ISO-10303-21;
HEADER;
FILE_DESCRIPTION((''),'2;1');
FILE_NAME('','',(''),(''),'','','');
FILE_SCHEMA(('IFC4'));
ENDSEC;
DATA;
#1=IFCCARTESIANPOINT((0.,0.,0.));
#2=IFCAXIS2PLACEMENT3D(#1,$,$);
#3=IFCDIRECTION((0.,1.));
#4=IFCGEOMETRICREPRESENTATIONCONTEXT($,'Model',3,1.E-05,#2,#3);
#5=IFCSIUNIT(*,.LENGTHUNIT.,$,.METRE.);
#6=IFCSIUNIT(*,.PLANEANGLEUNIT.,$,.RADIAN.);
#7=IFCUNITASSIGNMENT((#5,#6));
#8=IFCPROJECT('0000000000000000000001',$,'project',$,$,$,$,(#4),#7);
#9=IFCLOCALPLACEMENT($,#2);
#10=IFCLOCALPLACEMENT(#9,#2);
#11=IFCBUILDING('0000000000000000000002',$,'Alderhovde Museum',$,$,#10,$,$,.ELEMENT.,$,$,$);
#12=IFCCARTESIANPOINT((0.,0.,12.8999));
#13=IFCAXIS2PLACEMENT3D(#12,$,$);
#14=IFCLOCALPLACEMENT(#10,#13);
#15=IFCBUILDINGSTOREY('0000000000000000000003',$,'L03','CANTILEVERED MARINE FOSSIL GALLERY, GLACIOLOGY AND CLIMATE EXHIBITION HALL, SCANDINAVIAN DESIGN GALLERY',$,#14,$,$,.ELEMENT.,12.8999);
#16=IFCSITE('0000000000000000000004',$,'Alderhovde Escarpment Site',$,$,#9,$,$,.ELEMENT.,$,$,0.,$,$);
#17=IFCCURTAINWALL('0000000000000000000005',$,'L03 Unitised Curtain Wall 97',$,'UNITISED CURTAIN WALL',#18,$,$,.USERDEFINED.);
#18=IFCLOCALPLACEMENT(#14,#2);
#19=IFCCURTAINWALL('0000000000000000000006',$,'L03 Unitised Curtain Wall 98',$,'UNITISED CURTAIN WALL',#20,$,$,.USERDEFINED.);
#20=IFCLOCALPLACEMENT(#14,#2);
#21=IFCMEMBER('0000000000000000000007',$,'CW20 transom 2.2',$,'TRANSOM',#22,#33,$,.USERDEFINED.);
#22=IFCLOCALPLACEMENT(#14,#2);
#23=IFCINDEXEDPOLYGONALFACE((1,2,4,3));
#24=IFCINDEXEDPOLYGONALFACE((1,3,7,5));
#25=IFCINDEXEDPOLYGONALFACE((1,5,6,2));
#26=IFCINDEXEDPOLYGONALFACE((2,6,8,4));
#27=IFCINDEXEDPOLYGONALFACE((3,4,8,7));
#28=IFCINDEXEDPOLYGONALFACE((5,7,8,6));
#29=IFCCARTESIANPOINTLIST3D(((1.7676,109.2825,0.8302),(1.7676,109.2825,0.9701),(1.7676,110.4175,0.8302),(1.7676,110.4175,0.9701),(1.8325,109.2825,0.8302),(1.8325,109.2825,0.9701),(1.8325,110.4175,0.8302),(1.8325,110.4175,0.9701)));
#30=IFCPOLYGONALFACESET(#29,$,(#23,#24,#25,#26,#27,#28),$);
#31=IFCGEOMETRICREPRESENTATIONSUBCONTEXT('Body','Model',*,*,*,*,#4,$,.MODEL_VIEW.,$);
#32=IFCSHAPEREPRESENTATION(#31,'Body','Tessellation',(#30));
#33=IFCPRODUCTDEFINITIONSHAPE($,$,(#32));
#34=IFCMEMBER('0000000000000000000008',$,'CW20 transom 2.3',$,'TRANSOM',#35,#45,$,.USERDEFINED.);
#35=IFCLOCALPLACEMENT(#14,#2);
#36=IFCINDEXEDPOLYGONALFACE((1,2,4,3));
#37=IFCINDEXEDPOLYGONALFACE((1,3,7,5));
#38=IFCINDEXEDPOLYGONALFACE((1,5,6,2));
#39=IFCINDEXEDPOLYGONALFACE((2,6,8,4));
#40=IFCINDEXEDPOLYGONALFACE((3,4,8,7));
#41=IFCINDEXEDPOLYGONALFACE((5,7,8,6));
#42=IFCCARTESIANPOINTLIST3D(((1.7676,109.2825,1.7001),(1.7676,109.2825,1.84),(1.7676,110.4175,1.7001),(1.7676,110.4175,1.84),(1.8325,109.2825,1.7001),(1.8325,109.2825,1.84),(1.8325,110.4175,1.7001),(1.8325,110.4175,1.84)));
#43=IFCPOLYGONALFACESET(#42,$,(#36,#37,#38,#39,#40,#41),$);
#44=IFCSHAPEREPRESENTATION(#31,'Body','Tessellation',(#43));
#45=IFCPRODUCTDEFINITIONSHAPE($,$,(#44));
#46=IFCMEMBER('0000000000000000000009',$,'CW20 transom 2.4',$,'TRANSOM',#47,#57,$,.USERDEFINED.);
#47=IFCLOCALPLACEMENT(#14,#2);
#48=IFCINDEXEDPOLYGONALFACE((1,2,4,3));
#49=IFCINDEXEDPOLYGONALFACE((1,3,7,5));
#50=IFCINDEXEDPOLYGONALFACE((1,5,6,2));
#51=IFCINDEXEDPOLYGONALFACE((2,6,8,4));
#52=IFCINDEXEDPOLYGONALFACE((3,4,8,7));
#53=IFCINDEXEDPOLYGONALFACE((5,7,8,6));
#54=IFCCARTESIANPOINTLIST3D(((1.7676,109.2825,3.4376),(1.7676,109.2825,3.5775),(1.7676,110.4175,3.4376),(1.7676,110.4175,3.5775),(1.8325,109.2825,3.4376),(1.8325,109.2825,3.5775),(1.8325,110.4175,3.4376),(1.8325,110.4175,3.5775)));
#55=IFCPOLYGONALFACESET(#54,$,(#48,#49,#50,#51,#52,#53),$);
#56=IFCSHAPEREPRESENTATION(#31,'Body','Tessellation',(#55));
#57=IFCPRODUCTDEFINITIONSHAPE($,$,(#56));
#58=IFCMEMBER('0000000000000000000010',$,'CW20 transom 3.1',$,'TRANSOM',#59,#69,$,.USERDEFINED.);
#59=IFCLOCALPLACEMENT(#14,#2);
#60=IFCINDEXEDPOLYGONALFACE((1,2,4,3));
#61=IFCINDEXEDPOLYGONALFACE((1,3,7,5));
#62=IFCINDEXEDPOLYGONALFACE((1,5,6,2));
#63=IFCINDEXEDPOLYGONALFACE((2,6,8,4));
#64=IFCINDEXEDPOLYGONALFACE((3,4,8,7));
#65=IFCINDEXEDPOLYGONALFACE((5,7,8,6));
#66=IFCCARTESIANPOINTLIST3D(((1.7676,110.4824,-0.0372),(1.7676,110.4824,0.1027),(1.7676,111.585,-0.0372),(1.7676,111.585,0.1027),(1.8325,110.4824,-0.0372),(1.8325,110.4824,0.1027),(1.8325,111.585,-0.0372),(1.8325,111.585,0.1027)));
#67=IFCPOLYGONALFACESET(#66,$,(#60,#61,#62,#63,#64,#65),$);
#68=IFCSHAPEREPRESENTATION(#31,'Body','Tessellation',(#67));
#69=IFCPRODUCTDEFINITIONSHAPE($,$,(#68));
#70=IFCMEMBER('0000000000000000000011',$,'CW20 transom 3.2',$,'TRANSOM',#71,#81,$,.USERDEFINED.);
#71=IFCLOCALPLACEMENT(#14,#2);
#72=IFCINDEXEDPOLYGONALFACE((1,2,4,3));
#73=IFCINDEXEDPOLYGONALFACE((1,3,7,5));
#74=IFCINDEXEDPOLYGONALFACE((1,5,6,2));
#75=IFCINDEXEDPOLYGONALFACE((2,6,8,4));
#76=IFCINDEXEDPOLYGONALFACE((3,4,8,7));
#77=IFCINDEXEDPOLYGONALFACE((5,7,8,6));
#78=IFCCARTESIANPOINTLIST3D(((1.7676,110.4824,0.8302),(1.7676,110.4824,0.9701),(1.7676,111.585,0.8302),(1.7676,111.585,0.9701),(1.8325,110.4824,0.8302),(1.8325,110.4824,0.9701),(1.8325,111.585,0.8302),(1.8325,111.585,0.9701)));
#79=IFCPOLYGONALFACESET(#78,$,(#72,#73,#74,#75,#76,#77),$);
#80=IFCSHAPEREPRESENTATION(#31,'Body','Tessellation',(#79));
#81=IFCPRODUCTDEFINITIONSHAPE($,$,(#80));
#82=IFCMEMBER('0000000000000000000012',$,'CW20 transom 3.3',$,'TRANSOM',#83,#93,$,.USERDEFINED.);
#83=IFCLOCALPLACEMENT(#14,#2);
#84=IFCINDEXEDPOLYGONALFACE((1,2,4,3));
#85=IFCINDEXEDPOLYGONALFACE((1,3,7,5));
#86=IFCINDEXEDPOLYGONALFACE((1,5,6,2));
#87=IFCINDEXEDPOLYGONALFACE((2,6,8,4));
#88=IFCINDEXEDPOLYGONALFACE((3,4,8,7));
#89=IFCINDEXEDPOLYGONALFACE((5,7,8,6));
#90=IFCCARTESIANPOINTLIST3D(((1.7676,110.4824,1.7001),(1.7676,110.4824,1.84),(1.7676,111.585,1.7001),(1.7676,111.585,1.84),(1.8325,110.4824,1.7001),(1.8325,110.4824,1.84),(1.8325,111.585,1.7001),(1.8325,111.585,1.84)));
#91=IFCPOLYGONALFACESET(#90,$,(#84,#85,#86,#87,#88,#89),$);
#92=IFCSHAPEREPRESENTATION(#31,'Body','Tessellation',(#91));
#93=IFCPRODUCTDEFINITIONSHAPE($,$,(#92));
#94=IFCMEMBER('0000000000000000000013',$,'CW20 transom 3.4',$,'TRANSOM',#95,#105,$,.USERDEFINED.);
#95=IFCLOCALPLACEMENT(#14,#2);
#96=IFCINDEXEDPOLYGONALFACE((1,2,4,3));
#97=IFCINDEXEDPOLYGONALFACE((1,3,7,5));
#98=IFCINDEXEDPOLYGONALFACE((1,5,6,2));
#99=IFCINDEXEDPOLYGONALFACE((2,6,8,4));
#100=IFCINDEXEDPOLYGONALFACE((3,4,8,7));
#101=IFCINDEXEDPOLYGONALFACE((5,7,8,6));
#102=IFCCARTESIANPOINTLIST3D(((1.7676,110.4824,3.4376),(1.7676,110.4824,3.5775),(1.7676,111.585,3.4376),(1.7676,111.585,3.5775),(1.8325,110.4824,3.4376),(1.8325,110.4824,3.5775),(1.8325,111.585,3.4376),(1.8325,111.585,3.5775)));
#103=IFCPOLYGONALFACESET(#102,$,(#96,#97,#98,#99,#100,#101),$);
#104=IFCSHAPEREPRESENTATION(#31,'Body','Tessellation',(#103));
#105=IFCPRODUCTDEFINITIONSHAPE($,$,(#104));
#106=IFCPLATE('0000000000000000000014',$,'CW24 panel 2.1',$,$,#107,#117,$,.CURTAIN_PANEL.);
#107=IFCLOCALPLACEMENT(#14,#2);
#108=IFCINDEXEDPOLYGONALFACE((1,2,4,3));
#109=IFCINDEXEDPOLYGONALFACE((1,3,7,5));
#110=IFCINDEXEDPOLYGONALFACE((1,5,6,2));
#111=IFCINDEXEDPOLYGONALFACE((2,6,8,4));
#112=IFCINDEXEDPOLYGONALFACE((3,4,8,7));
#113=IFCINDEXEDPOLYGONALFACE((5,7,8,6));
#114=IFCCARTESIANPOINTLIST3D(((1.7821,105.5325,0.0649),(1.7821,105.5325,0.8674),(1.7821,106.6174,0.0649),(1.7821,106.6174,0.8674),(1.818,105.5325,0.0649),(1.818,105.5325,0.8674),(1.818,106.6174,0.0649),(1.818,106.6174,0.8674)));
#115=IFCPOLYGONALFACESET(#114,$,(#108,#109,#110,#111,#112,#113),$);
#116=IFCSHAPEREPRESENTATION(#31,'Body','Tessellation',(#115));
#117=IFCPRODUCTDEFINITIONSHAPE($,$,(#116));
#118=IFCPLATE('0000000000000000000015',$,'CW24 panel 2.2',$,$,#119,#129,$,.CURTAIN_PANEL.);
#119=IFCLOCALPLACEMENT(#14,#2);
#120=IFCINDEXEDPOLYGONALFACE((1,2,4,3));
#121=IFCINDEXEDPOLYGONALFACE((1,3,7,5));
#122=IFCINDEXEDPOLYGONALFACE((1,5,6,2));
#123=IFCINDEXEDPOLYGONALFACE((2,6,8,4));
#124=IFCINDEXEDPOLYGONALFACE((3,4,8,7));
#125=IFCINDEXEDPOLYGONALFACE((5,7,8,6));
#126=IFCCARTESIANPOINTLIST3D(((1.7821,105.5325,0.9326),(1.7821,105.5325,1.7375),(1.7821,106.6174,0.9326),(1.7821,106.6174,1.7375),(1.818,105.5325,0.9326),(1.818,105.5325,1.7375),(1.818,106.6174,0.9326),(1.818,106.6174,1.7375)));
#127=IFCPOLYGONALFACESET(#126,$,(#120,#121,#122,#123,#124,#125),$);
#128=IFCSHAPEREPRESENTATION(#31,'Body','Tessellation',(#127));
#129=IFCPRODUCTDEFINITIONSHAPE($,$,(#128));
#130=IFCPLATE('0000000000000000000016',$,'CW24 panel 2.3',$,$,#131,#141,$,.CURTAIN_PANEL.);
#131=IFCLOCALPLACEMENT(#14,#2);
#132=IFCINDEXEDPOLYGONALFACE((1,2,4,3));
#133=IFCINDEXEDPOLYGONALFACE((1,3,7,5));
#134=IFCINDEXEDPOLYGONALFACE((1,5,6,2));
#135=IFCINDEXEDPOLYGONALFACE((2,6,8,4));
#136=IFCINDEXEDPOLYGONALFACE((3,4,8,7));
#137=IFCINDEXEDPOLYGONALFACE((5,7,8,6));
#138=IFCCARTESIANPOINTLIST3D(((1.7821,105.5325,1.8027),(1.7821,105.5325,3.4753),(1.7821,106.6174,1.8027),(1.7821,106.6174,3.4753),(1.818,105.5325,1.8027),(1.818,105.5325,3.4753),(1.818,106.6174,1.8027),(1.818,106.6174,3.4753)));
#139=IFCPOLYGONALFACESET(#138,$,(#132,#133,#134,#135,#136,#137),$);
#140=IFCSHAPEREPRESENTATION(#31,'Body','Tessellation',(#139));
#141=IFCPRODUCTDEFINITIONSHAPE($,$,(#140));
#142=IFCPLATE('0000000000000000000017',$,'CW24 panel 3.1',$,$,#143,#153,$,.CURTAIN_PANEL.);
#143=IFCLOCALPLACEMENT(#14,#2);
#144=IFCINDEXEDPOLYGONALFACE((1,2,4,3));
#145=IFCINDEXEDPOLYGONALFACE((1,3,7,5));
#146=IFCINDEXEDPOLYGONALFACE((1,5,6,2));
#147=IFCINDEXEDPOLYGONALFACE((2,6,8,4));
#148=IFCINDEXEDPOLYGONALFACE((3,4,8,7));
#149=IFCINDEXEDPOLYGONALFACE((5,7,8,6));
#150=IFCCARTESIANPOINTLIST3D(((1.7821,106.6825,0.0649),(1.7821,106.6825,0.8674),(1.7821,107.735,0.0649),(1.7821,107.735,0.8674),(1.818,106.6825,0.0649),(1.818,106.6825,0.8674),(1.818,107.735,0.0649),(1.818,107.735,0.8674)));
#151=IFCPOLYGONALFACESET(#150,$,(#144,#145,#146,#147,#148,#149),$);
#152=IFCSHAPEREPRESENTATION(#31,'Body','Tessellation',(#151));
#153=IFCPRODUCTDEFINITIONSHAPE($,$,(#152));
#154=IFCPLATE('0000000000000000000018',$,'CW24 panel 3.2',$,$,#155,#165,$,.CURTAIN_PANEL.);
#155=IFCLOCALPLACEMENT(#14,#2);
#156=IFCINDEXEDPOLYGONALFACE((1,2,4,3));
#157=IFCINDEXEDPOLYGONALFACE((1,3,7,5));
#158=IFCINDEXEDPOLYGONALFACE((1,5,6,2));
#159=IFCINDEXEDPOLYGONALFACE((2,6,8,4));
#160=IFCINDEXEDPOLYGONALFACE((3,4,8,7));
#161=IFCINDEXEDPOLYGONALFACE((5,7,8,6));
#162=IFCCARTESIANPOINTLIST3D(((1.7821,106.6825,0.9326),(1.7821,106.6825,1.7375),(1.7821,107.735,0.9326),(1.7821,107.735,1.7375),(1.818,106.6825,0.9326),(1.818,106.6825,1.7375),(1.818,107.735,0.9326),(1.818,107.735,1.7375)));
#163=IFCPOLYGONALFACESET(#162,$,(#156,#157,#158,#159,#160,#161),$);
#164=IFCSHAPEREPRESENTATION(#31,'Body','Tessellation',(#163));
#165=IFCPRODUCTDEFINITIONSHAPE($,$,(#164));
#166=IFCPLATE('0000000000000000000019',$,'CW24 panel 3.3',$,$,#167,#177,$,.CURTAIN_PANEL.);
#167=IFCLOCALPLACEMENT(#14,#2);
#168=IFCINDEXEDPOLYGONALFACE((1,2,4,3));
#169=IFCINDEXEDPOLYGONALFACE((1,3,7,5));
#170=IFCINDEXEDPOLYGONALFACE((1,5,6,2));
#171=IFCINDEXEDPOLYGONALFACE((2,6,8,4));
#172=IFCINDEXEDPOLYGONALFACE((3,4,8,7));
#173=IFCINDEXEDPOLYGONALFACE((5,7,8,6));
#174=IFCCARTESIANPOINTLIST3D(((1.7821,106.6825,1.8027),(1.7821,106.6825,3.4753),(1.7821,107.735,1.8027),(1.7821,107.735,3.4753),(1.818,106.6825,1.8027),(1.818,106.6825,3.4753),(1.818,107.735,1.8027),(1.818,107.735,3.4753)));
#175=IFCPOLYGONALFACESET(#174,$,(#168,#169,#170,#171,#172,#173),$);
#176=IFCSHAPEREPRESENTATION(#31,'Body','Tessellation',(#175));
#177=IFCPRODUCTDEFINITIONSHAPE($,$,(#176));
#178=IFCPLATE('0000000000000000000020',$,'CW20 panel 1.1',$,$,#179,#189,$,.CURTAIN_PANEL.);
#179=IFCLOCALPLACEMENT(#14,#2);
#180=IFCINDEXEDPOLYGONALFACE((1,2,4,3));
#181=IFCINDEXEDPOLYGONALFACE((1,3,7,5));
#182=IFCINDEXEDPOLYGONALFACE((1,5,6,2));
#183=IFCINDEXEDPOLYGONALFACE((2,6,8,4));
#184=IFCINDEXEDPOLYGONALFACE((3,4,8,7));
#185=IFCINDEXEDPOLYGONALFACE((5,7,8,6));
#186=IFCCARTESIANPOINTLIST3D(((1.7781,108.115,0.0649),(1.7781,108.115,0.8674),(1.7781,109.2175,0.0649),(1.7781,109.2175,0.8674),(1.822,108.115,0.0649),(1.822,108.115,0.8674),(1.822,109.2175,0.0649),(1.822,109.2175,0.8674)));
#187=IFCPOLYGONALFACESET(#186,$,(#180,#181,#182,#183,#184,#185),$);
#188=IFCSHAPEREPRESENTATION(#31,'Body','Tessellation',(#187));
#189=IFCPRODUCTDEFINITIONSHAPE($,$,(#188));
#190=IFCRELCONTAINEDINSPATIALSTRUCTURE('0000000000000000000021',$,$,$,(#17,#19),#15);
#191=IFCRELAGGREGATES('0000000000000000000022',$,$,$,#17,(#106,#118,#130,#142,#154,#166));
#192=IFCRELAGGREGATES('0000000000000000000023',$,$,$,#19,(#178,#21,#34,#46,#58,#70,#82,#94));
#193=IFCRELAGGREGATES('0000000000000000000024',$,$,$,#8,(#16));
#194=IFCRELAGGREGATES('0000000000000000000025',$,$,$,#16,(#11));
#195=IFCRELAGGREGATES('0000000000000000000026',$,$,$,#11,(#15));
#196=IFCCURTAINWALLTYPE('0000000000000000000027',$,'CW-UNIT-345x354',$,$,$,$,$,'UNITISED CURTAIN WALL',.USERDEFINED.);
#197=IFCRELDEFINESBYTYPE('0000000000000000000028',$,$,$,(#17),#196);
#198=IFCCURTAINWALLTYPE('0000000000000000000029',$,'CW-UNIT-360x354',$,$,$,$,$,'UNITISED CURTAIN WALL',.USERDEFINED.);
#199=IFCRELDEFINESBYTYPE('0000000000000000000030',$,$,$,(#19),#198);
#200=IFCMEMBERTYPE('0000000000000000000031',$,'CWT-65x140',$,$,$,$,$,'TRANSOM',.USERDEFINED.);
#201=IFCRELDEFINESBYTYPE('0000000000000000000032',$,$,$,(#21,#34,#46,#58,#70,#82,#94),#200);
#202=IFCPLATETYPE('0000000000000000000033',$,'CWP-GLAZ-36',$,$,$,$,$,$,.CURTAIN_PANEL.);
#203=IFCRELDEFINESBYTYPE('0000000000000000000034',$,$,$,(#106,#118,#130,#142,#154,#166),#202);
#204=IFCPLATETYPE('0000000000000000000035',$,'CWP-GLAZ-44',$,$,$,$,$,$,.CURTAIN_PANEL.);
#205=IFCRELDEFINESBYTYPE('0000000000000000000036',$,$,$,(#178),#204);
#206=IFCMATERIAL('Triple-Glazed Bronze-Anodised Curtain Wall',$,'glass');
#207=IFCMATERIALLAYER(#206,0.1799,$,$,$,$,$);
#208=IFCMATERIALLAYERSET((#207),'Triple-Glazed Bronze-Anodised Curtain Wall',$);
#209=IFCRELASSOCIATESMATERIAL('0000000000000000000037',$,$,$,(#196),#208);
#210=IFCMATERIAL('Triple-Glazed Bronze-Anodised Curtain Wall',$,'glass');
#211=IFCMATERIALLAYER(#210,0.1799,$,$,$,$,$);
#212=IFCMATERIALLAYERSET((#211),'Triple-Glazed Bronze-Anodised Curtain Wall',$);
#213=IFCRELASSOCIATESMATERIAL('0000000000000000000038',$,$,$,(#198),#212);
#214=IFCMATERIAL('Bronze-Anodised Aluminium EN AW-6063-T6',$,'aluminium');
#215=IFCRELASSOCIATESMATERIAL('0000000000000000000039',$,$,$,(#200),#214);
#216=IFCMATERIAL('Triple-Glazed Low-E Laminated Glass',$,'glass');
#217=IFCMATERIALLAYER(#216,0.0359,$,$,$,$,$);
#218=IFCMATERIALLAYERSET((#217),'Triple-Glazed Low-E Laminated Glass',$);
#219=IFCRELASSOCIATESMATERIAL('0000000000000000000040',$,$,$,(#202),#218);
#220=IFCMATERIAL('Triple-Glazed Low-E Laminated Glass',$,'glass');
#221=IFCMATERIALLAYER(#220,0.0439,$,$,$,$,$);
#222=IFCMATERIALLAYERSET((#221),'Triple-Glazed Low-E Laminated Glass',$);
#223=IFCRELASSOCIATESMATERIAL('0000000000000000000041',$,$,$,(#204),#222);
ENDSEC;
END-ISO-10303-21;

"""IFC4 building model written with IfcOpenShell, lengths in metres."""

from ifc_helpers import new_model, si_unit, direction, frame, origin, origin_2d, place, context, subcontext, project, spatial, rectangle, extrude, material, layer, layer_set, material_profile, profile_set, type_object, element, aggregate, save


model = new_model("IFC4")

# Units and contexts
model_context = context("Model", 3, precision=1e-05, world=origin(), true_north=direction((0.0, 1.0)))
body_context = subcontext(model_context, "Body", "Model", "MODEL_VIEW")
ifc_project = project(units=[si_unit("LENGTHUNIT", "METRE"), si_unit("PLANEANGLEUNIT", "RADIAN")], contexts=[model_context])

# Site, building, storey
site_placement = place(None, origin())
site = spatial("IfcSite", under=ifc_project, at=site_placement, Name="Alderhovde Escarpment Site", CompositionType="ELEMENT", RefElevation=0.0)
building_placement = place(site_placement, origin())
building = spatial("IfcBuilding", under=site, at=building_placement, Name="Alderhovde Museum", CompositionType="ELEMENT")
storey_placement = place(building_placement, frame((0.0, 0.0, 12.8999)))
storey = spatial("IfcBuildingStorey", under=building, at=storey_placement, Name="L03", Description="CANTILEVERED MARINE FOSSIL GALLERY, GLACIOLOGY AND CLIMATE EXHIBITION HALL, SCANDINAVIAN DESIGN GALLERY", CompositionType="ELEMENT", Elevation=12.8999)

# Curtain walls
ifc_material_1 = material(Name="Triple-Glazed Bronze-Anodised Curtain Wall", Category="glass")
ifc_layer_1 = layer(ifc_material_1, 0.1799)
ifc_layer_set_1 = layer_set([ifc_layer_1], Name="Triple-Glazed Bronze-Anodised Curtain Wall")
curtain_wall_type_1 = type_object("IfcCurtainWallType", Name="CW-UNIT-345x354", ElementType="UNITISED CURTAIN WALL", PredefinedType="USERDEFINED", material=ifc_layer_set_1)
curtain_wall_1_placement = place(storey_placement, origin())
curtain_wall_1 = element("IfcCurtainWall", 1, at=curtain_wall_1_placement, inside=storey, type_object=curtain_wall_type_1, Name="L03 Unitised Curtain Wall 97", ObjectType="UNITISED CURTAIN WALL", PredefinedType="USERDEFINED")
ifc_material_2 = material(Name="Triple-Glazed Bronze-Anodised Curtain Wall", Category="glass")
ifc_layer_2 = layer(ifc_material_2, 0.1799)
ifc_layer_set_2 = layer_set([ifc_layer_2], Name="Triple-Glazed Bronze-Anodised Curtain Wall")
curtain_wall_type_2 = type_object("IfcCurtainWallType", Name="CW-UNIT-360x354", ElementType="UNITISED CURTAIN WALL", PredefinedType="USERDEFINED", material=ifc_layer_set_2)
curtain_wall_2_placement = place(storey_placement, origin())
curtain_wall_2 = element("IfcCurtainWall", 2, at=curtain_wall_2_placement, inside=storey, type_object=curtain_wall_type_2, Name="L03 Unitised Curtain Wall 98", ObjectType="UNITISED CURTAIN WALL", PredefinedType="USERDEFINED")

# Members
ifc_material_3 = material(Name="Bronze-Anodised Aluminium EN AW-6063-T6", Category="aluminium")
ifc_material_profile_1 = material_profile(ifc_material_3, rectangle(XDim=0.0649, YDim=0.1399, at=origin_2d()), Name="TRANSOM 65x140")
ifc_profile_set_1 = profile_set([ifc_material_profile_1], Name="Bronze-Anodised Aluminium EN AW-6063-T6")
member_type_1 = type_object("IfcMemberType", Name="CWT-65x140", ElementType="TRANSOM", PredefinedType="USERDEFINED", material=ifc_profile_set_1)
member_1_placement = place(storey_placement, frame((1.8, 109.2825, 0.9001), z_axis=(0.0, 1.0, 0.0), x_axis=(-1.0, 0.0, 0.0)))
member_1 = element("IfcMember", 3, at=member_1_placement, type_object=member_type_1, Name="CW20 transom 2.2", ObjectType="TRANSOM", PredefinedType="USERDEFINED", context=body_context, shape_type="SweptSolid", body=[
    extrude(rectangle(XDim=0.0649, YDim=0.1399, at=origin_2d()), origin(), (0.0, 0.0, 1.0), 1.135),
])
member_2_placement = place(storey_placement, frame((1.8, 109.2825, 1.77), z_axis=(0.0, 1.0, 0.0), x_axis=(-1.0, 0.0, 0.0)))
member_2 = element("IfcMember", 4, at=member_2_placement, type_object=member_type_1, Name="CW20 transom 2.3", ObjectType="TRANSOM", PredefinedType="USERDEFINED", context=body_context, shape_type="SweptSolid", body=[
    extrude(rectangle(XDim=0.0649, YDim=0.1399, at=origin_2d()), origin(), (0.0, 0.0, 1.0), 1.135),
])
member_3_placement = place(storey_placement, frame((1.8, 109.2825, 3.5076), z_axis=(0.0, 1.0, 0.0), x_axis=(-1.0, 0.0, 0.0)))
member_3 = element("IfcMember", 5, at=member_3_placement, type_object=member_type_1, Name="CW20 transom 2.4", ObjectType="TRANSOM", PredefinedType="USERDEFINED", context=body_context, shape_type="SweptSolid", body=[
    extrude(rectangle(XDim=0.0649, YDim=0.1399, at=origin_2d()), origin(), (0.0, 0.0, 1.0), 1.135),
])
member_4_placement = place(storey_placement, frame((1.8, 110.4824, 0.0327), z_axis=(0.0, 1.0, 0.0), x_axis=(-1.0, 0.0, 0.0)))
member_4 = element("IfcMember", 6, at=member_4_placement, type_object=member_type_1, Name="CW20 transom 3.1", ObjectType="TRANSOM", PredefinedType="USERDEFINED", context=body_context, shape_type="SweptSolid", body=[
    extrude(rectangle(XDim=0.0649, YDim=0.1399, at=origin_2d()), origin(), (0.0, 0.0, 1.0), 1.1025),
])
member_5_placement = place(storey_placement, frame((1.8, 110.4824, 0.9001), z_axis=(0.0, 1.0, 0.0), x_axis=(-1.0, 0.0, 0.0)))
member_5 = element("IfcMember", 7, at=member_5_placement, type_object=member_type_1, Name="CW20 transom 3.2", ObjectType="TRANSOM", PredefinedType="USERDEFINED", context=body_context, shape_type="SweptSolid", body=[
    extrude(rectangle(XDim=0.0649, YDim=0.1399, at=origin_2d()), origin(), (0.0, 0.0, 1.0), 1.1025),
])
member_6_placement = place(storey_placement, frame((1.8, 110.4824, 1.77), z_axis=(0.0, 1.0, 0.0), x_axis=(-1.0, 0.0, 0.0)))
member_6 = element("IfcMember", 8, at=member_6_placement, type_object=member_type_1, Name="CW20 transom 3.3", ObjectType="TRANSOM", PredefinedType="USERDEFINED", context=body_context, shape_type="SweptSolid", body=[
    extrude(rectangle(XDim=0.0649, YDim=0.1399, at=origin_2d()), origin(), (0.0, 0.0, 1.0), 1.1025),
])
member_7_placement = place(storey_placement, frame((1.8, 110.4824, 3.5076), z_axis=(0.0, 1.0, 0.0), x_axis=(-1.0, 0.0, 0.0)))
member_7 = element("IfcMember", 9, at=member_7_placement, type_object=member_type_1, Name="CW20 transom 3.4", ObjectType="TRANSOM", PredefinedType="USERDEFINED", context=body_context, shape_type="SweptSolid", body=[
    extrude(rectangle(XDim=0.0649, YDim=0.1399, at=origin_2d()), origin(), (0.0, 0.0, 1.0), 1.1025),
])

# Plates
ifc_material_4 = material(Name="Triple-Glazed Low-E Laminated Glass", Category="glass")
ifc_layer_3 = layer(ifc_material_4, 0.0359)
ifc_layer_set_3 = layer_set([ifc_layer_3], Name="Triple-Glazed Low-E Laminated Glass")
plate_type_1 = type_object("IfcPlateType", Name="CWP-GLAZ-36", PredefinedType="CURTAIN_PANEL", material=ifc_layer_set_3)
plate_1_placement = place(storey_placement, frame((1.8, 106.075, 0.0649), z_axis=(0.0, 0.0, 1.0), x_axis=(0.0, 1.0, 0.0)))
plate_1 = element("IfcPlate", 10, at=plate_1_placement, type_object=plate_type_1, Name="CW24 panel 2.1", PredefinedType="CURTAIN_PANEL", context=body_context, shape_type="SweptSolid", body=[
    extrude(rectangle(XDim=1.085, YDim=0.0359, at=origin_2d()), origin(), (0.0, 0.0, 1.0), 0.8025),
])
plate_2_placement = place(storey_placement, frame((1.8, 106.075, 0.9326), z_axis=(0.0, 0.0, 1.0), x_axis=(0.0, 1.0, 0.0)))
plate_2 = element("IfcPlate", 11, at=plate_2_placement, type_object=plate_type_1, Name="CW24 panel 2.2", PredefinedType="CURTAIN_PANEL", context=body_context, shape_type="SweptSolid", body=[
    extrude(rectangle(XDim=1.085, YDim=0.0359, at=origin_2d()), origin(), (0.0, 0.0, 1.0), 0.8049),
])
plate_3_placement = place(storey_placement, frame((1.8, 106.075, 1.8027), z_axis=(0.0, 0.0, 1.0), x_axis=(0.0, 1.0, 0.0)))
plate_3 = element("IfcPlate", 12, at=plate_3_placement, type_object=plate_type_1, Name="CW24 panel 2.3", PredefinedType="CURTAIN_PANEL", context=body_context, shape_type="SweptSolid", body=[
    extrude(rectangle(XDim=1.085, YDim=0.0359, at=origin_2d()), origin(), (0.0, 0.0, 1.0), 1.6726),
])
plate_4_placement = place(storey_placement, frame((1.8, 107.2087, 0.0649), z_axis=(0.0, 0.0, 1.0), x_axis=(0.0, 1.0, 0.0)))
plate_4 = element("IfcPlate", 13, at=plate_4_placement, type_object=plate_type_1, Name="CW24 panel 3.1", PredefinedType="CURTAIN_PANEL", context=body_context, shape_type="SweptSolid", body=[
    extrude(rectangle(XDim=1.0525, YDim=0.0359, at=origin_2d()), origin(), (0.0, 0.0, 1.0), 0.8025),
])
plate_5_placement = place(storey_placement, frame((1.8, 107.2087, 0.9326), z_axis=(0.0, 0.0, 1.0), x_axis=(0.0, 1.0, 0.0)))
plate_5 = element("IfcPlate", 14, at=plate_5_placement, type_object=plate_type_1, Name="CW24 panel 3.2", PredefinedType="CURTAIN_PANEL", context=body_context, shape_type="SweptSolid", body=[
    extrude(rectangle(XDim=1.0525, YDim=0.0359, at=origin_2d()), origin(), (0.0, 0.0, 1.0), 0.8049),
])
plate_6_placement = place(storey_placement, frame((1.8, 107.2087, 1.8027), z_axis=(0.0, 0.0, 1.0), x_axis=(0.0, 1.0, 0.0)))
plate_6 = element("IfcPlate", 15, at=plate_6_placement, type_object=plate_type_1, Name="CW24 panel 3.3", PredefinedType="CURTAIN_PANEL", context=body_context, shape_type="SweptSolid", body=[
    extrude(rectangle(XDim=1.0525, YDim=0.0359, at=origin_2d()), origin(), (0.0, 0.0, 1.0), 1.6726),
])
aggregate(curtain_wall_1, [plate_1, plate_2, plate_3, plate_4, plate_5, plate_6])
ifc_material_5 = material(Name="Triple-Glazed Low-E Laminated Glass", Category="glass")
ifc_layer_4 = layer(ifc_material_5, 0.0439)
ifc_layer_set_4 = layer_set([ifc_layer_4], Name="Triple-Glazed Low-E Laminated Glass")
plate_type_2 = type_object("IfcPlateType", Name="CWP-GLAZ-44", PredefinedType="CURTAIN_PANEL", material=ifc_layer_set_4)
plate_7_placement = place(storey_placement, frame((1.8, 108.6663, 0.0649), z_axis=(0.0, 0.0, 1.0), x_axis=(0.0, 1.0, 0.0)))
plate_7 = element("IfcPlate", 16, at=plate_7_placement, type_object=plate_type_2, Name="CW20 panel 1.1", PredefinedType="CURTAIN_PANEL", context=body_context, shape_type="SweptSolid", body=[
    extrude(rectangle(XDim=1.1025, YDim=0.0439, at=origin_2d()), origin(), (0.0, 0.0, 1.0), 0.8025),
])
aggregate(curtain_wall_2, [plate_7, member_1, member_2, member_3, member_4, member_5, member_6, member_7])

save(model, "model.ifc")
